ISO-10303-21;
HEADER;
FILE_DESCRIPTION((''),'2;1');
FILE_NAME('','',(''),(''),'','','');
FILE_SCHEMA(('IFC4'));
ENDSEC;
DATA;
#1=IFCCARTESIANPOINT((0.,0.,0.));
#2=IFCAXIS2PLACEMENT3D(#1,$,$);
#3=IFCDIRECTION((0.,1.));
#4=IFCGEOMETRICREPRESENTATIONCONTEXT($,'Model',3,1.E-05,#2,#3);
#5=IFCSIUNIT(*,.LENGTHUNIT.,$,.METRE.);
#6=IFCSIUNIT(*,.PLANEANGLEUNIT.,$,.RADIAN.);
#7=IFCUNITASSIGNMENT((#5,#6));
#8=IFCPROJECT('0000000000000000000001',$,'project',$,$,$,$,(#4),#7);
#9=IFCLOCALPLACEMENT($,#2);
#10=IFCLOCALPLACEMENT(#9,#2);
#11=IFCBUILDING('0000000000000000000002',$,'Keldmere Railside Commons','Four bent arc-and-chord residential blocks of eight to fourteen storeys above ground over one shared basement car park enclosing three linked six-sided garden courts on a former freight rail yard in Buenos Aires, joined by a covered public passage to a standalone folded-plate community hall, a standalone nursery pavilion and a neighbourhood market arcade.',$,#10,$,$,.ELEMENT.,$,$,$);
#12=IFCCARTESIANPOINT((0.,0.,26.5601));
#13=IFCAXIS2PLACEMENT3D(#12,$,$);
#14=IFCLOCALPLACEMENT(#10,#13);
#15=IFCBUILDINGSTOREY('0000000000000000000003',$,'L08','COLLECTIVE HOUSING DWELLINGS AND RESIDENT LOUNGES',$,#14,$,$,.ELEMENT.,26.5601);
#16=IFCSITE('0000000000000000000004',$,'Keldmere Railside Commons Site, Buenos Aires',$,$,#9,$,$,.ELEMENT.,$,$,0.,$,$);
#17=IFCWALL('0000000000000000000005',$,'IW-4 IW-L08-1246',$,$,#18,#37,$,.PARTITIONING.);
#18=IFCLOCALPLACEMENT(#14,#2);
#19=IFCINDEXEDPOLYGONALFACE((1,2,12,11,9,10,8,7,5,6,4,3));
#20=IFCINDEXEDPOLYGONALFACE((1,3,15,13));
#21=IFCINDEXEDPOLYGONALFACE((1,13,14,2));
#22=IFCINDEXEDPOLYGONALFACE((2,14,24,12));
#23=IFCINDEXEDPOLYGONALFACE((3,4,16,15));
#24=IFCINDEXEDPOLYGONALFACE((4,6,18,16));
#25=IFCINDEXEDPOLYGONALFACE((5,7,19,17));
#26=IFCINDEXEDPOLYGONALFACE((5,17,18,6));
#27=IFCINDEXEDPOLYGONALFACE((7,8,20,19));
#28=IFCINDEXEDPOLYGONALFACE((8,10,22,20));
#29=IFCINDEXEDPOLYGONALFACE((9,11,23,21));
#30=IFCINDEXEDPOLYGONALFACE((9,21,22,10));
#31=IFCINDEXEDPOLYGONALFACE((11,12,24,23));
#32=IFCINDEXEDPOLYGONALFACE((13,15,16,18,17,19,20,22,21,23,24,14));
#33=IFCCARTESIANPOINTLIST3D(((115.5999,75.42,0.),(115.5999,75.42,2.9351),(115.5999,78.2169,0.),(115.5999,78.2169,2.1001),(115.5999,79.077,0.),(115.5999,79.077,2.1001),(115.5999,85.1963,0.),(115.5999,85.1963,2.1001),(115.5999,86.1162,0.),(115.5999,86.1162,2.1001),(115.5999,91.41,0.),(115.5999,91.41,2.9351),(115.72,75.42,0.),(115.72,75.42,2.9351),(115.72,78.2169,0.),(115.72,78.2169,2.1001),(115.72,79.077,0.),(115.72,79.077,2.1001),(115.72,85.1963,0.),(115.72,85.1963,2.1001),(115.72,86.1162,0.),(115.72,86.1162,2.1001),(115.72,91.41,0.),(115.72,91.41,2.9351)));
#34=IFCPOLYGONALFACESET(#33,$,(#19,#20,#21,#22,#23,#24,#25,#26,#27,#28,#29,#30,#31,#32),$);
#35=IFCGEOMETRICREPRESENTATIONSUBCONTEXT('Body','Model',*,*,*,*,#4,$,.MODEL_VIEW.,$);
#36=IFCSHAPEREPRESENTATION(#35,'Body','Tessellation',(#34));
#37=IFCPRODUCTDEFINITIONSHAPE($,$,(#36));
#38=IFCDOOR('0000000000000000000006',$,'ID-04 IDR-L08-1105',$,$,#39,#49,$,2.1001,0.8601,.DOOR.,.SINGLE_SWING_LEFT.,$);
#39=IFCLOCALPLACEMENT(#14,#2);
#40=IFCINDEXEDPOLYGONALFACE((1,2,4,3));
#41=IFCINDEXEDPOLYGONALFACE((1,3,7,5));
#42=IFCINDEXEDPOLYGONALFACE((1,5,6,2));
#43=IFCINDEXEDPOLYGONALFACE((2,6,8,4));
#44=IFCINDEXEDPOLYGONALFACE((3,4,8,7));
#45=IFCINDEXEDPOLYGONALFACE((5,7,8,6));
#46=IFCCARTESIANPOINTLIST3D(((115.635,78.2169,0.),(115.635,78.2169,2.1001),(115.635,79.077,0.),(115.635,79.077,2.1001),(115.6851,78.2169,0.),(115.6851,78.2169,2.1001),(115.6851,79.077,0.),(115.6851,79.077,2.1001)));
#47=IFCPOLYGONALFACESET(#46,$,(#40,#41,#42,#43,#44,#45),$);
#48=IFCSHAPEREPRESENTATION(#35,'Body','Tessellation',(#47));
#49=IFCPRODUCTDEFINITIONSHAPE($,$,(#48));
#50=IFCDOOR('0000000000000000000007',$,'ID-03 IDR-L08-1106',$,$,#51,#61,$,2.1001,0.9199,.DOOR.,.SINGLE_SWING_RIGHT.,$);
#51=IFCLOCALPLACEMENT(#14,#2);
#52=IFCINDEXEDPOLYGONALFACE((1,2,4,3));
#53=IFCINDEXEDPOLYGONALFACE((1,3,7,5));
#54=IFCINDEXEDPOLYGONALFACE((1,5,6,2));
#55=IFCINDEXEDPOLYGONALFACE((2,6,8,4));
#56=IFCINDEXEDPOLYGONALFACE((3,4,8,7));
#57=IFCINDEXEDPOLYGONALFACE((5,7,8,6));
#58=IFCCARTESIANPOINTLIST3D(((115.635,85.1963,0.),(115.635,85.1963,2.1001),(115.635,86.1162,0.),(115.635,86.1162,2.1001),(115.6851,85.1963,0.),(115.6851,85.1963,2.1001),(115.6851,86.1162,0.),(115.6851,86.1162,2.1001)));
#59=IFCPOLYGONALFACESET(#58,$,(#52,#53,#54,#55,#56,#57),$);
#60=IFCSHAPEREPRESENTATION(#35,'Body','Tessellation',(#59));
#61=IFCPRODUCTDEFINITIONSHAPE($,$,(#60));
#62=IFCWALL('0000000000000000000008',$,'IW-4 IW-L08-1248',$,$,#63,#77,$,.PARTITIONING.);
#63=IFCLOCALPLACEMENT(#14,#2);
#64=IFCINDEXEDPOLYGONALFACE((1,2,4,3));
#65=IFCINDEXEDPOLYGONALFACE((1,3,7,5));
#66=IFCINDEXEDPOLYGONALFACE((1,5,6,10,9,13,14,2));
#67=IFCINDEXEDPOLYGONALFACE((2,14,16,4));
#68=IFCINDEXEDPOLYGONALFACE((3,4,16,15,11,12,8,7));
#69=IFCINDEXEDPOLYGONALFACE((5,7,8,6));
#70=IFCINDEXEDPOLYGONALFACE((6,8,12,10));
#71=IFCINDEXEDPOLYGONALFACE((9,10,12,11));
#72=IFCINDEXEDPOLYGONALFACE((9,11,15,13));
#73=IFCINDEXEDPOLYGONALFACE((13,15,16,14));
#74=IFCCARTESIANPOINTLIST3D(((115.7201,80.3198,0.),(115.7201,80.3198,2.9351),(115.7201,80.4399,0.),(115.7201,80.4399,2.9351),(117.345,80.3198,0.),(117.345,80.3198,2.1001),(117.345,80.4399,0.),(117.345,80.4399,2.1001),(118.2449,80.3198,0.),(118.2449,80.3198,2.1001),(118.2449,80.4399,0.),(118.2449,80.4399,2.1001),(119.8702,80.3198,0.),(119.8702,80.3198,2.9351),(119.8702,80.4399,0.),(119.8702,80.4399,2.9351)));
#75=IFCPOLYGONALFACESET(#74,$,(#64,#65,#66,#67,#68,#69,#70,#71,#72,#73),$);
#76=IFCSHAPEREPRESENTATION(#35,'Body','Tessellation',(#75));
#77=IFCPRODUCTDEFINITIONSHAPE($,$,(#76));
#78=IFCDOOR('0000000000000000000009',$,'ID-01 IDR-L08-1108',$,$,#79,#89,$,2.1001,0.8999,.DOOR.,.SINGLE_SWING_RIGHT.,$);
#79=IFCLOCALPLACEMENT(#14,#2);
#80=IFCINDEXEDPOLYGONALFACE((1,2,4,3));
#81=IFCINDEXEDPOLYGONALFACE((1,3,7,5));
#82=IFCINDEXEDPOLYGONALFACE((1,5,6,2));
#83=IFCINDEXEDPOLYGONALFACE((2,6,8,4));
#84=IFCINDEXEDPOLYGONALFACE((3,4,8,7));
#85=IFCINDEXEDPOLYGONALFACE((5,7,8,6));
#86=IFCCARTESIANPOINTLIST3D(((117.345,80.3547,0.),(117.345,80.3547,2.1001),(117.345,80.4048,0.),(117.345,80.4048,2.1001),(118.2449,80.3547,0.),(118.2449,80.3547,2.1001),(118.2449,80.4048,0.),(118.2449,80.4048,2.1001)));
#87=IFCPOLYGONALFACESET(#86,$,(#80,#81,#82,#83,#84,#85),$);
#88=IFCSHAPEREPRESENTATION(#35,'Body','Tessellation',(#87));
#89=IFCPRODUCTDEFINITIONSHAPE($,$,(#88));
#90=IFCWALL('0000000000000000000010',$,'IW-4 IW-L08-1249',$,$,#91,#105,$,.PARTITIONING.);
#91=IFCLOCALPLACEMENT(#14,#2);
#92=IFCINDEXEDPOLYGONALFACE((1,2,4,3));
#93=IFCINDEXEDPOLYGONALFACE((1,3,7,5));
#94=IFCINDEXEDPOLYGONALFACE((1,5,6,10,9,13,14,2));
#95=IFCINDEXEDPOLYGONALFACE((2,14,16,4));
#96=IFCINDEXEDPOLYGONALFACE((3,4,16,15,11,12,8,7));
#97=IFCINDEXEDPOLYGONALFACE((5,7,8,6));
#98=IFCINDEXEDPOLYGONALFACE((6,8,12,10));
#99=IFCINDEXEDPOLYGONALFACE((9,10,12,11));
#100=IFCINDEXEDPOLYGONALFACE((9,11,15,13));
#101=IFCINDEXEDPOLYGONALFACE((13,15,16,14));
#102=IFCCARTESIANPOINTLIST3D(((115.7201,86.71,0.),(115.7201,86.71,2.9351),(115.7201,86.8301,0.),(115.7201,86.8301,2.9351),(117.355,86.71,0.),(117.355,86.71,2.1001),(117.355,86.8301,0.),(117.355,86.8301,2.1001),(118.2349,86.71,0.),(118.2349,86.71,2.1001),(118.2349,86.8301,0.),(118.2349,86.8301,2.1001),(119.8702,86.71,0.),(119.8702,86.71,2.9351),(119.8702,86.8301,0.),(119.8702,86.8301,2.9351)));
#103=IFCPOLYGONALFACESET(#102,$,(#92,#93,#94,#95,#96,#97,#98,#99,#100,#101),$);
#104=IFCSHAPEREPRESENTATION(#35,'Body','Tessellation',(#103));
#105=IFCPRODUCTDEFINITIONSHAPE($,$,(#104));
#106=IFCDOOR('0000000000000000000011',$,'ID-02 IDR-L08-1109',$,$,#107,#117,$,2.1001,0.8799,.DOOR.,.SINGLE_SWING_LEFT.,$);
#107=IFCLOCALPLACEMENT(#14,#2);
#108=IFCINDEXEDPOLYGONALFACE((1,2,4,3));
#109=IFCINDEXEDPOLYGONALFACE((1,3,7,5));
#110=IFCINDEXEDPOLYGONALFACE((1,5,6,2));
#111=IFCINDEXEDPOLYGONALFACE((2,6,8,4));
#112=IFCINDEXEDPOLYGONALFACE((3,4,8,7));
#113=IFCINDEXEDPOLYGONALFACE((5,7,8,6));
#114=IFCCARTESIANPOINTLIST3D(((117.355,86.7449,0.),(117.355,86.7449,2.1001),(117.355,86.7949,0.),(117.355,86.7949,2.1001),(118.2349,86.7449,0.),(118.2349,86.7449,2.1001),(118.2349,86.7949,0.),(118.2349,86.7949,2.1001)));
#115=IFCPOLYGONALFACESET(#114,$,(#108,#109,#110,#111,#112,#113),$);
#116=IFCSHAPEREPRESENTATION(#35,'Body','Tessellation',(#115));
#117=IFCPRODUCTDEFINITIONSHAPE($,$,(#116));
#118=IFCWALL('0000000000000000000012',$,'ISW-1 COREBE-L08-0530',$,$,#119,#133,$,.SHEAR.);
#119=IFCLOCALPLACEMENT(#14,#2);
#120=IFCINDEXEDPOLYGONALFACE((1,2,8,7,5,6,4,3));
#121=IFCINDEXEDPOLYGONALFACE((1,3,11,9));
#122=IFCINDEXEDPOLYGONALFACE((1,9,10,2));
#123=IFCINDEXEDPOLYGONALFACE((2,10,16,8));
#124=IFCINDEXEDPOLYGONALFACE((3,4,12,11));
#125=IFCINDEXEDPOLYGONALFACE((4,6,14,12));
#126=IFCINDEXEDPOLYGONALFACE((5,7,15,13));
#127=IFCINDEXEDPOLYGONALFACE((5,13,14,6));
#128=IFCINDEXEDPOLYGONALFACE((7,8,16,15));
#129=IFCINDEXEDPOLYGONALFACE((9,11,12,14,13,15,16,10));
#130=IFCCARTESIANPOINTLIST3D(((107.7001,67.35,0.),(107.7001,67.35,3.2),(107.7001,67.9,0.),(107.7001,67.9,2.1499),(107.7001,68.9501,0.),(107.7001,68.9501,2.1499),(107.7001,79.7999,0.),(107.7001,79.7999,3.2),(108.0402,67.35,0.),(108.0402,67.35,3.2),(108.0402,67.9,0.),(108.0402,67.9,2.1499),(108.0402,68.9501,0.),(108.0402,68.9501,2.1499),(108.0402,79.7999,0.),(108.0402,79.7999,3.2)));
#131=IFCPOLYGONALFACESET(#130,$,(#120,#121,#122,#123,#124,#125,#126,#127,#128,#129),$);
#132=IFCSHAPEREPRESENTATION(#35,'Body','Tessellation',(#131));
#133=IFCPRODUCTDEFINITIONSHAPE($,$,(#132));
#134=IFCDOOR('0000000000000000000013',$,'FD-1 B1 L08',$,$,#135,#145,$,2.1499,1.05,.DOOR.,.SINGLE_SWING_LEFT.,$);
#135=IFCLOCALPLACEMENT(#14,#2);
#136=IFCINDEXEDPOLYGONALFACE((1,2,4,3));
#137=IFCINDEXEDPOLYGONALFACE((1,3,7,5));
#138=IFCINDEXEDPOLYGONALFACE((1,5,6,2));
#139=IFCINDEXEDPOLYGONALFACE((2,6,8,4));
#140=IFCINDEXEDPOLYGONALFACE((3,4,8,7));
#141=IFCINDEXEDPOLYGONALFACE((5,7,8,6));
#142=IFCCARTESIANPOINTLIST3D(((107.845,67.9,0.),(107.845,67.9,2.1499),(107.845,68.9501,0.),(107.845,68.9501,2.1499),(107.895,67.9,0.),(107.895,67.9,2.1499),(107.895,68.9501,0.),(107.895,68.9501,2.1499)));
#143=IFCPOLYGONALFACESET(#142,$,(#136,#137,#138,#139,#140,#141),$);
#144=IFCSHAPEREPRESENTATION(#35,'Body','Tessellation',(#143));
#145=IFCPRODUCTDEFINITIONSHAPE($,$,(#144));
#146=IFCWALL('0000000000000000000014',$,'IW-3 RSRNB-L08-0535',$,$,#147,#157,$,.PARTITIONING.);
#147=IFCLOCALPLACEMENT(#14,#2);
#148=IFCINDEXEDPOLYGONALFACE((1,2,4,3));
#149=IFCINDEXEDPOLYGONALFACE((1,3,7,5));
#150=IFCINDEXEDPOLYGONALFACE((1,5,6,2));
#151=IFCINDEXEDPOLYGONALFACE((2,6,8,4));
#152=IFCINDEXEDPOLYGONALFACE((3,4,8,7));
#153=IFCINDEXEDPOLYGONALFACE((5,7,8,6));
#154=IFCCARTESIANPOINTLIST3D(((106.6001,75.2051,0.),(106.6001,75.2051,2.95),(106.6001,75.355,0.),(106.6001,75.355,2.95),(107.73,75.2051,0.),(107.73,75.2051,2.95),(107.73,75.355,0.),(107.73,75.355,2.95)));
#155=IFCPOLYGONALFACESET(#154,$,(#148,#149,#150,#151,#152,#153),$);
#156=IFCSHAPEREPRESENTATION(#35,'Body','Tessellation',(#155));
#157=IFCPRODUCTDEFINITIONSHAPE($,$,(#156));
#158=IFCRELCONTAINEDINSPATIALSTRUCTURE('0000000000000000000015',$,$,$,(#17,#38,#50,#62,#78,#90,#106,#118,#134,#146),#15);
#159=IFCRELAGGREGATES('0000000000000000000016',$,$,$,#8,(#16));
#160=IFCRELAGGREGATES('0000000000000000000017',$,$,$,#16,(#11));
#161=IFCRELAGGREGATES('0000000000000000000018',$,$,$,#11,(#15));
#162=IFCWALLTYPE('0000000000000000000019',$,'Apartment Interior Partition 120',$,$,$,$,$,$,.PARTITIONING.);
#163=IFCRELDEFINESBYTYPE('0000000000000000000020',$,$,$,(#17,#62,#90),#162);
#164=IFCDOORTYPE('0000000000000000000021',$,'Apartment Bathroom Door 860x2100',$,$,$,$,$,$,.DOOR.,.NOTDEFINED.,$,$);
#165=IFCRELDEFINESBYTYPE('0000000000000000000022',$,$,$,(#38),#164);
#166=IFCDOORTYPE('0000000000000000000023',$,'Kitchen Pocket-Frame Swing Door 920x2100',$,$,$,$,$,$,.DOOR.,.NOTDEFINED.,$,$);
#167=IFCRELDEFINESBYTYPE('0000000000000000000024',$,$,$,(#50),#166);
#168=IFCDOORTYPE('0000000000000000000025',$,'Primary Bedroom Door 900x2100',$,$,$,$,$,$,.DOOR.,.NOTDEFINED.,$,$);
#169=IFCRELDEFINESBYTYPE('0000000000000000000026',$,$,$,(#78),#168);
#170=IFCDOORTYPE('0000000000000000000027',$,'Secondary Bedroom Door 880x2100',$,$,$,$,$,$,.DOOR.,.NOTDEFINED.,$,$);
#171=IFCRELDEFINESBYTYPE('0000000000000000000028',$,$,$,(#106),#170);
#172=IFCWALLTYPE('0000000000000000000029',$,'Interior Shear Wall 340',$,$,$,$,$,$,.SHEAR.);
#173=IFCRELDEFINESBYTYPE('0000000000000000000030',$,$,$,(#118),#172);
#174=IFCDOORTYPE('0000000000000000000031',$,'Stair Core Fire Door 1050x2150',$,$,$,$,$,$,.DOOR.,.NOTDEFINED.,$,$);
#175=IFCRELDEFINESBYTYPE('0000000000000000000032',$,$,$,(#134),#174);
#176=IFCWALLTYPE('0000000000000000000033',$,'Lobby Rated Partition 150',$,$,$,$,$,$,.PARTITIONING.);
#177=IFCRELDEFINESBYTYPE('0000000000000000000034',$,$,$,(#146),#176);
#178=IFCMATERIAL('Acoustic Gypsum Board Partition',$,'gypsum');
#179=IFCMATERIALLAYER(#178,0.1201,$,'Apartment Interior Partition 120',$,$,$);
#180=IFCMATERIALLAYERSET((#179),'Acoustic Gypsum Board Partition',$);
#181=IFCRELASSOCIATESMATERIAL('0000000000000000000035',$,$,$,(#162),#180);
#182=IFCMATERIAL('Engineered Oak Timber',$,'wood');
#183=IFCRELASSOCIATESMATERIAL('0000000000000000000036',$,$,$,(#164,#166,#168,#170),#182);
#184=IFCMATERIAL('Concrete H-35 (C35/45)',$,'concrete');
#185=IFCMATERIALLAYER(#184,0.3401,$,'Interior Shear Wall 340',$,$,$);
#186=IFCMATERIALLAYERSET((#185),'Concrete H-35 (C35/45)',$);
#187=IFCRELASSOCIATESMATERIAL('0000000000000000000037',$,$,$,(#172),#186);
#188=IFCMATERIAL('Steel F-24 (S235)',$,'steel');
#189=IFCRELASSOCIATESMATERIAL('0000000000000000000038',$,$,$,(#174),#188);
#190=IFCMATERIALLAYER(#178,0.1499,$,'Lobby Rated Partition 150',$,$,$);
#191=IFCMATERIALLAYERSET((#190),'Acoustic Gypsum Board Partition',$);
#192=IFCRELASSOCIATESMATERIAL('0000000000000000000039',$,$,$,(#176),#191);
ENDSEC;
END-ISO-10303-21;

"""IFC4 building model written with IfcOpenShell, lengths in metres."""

from ifc_helpers import new_model, si_unit, direction, frame, frame_2d, origin, place, context, subcontext, project, spatial, rectangle, extrude, material, layer, layer_set, type_object, element, fill, save


model = new_model("IFC4")

# Units and contexts
model_context = context("Model", 3, precision=1e-05, world=origin(), true_north=direction((0.0, 1.0)))
body_context = subcontext(model_context, "Body", "Model", "MODEL_VIEW")
ifc_project = project(units=[si_unit("LENGTHUNIT", "METRE"), si_unit("PLANEANGLEUNIT", "RADIAN")], contexts=[model_context])

# Site, building, storey
site_placement = place(None, origin())
site = spatial("IfcSite", under=ifc_project, at=site_placement, Name="Keldmere Railside Commons Site, Buenos Aires", CompositionType="ELEMENT", RefElevation=0.0)
building_placement = place(site_placement, origin())
building = spatial("IfcBuilding", under=site, at=building_placement, Name="Keldmere Railside Commons", Description="Four bent arc-and-chord residential blocks of eight to fourteen storeys above ground over one shared basement car park enclosing three linked six-sided garden courts on a former freight rail yard in Buenos Aires, joined by a covered public passage to a standalone folded-plate community hall, a standalone nursery pavilion and a neighbourhood market arcade.", CompositionType="ELEMENT")
storey_placement = place(building_placement, frame((0.0, 0.0, 26.5601)))
storey = spatial("IfcBuildingStorey", under=building, at=storey_placement, Name="L08", Description="COLLECTIVE HOUSING DWELLINGS AND RESIDENT LOUNGES", CompositionType="ELEMENT", Elevation=26.5601)

# Shared definitions
ifc_material_1 = material(Name="Concrete H-35 (C35/45)", Category="concrete")

# Shared definitions
ifc_material_2 = material(Name="Acoustic Gypsum Board Partition", Category="gypsum")

# Wall, openings, doors
ifc_layer_1 = layer(ifc_material_2, 0.1201, Name="Apartment Interior Partition 120")
ifc_layer_set_1 = layer_set([ifc_layer_1], Name="Acoustic Gypsum Board Partition")
wall_type_1 = type_object("IfcWallType", Name="Apartment Interior Partition 120", PredefinedType="PARTITIONING", material=ifc_layer_set_1)
wall_1_placement = place(storey_placement, frame((115.6599, 75.4199, 0.0), z_axis=(0.0, 0.0, 1.0), x_axis=(0.0, 1.0, 0.0)))
wall_1 = element("IfcWall", 1, at=wall_1_placement, inside=storey, type_object=wall_type_1, Name="IW-4 IW-L08-1246", PredefinedType="PARTITIONING", context=body_context, shape_type="SweptSolid", body=[
    extrude(rectangle(XDim=15.99, YDim=0.1201, at=frame_2d((7.9951, 0.0))), origin(), (0.0, 0.0, 1.0), 2.9351),
])
opening_1_placement = place(wall_1_placement, frame((2.7969, 0.0, 0.0)))
opening_1 = element("IfcOpeningElement", 2, at=opening_1_placement, cuts=wall_1, PredefinedType="OPENING", context=body_context, shape_type="SweptSolid", body=[
    extrude(rectangle(XDim=0.8601, YDim=2.1001, at=frame_2d((0.4302, 1.05))), frame((0.0, 0.0701, 0.0), z_axis=(0.0, -1.0, 0.0), x_axis=(1.0, 0.0, 0.0)), (0.0, 0.0, 1.0), 0.1401),
])
opening_2_placement = place(wall_1_placement, frame((9.7764, 0.0, 0.0)))
opening_2 = element("IfcOpeningElement", 3, at=opening_2_placement, cuts=wall_1, PredefinedType="OPENING", context=body_context, shape_type="SweptSolid", body=[
    extrude(rectangle(XDim=0.9199, YDim=2.1001, at=frame_2d((0.46, 1.05))), frame((0.0, 0.0701, 0.0), z_axis=(0.0, -1.0, 0.0), x_axis=(1.0, 0.0, 0.0)), (0.0, 0.0, 1.0), 0.1401),
])
ifc_material_3 = material(Name="Engineered Oak Timber", Category="wood")
door_type_1 = type_object("IfcDoorType", Name="Apartment Bathroom Door 860x2100", OperationType="NOTDEFINED", PredefinedType="DOOR", material=ifc_material_3)
door_1_placement = place(opening_1_placement, origin())
door_1 = element("IfcDoor", 4, at=door_1_placement, inside=storey, type_object=door_type_1, Name="ID-04 IDR-L08-1105", OperationType="SINGLE_SWING_LEFT", OverallHeight=2.1001, OverallWidth=0.8601, PredefinedType="DOOR", context=body_context, shape_type="SweptSolid", body=[
    extrude(rectangle(XDim=0.8601, YDim=2.1001, at=frame_2d((0.4302, 1.05))), frame((0.0, 0.0249, 0.0), z_axis=(0.0, -1.0, 0.0), x_axis=(1.0, 0.0, 0.0)), (0.0, 0.0, 1.0), 0.05),
])
fill(opening_1, door_1)
door_type_2 = type_object("IfcDoorType", Name="Kitchen Pocket-Frame Swing Door 920x2100", OperationType="NOTDEFINED", PredefinedType="DOOR", material=ifc_material_3)
door_2_placement = place(opening_2_placement, origin())
door_2 = element("IfcDoor", 5, at=door_2_placement, inside=storey, type_object=door_type_2, Name="ID-03 IDR-L08-1106", OperationType="SINGLE_SWING_RIGHT", OverallHeight=2.1001, OverallWidth=0.9199, PredefinedType="DOOR", context=body_context, shape_type="SweptSolid", body=[
    extrude(rectangle(XDim=0.9199, YDim=2.1001, at=frame_2d((0.46, 1.05))), frame((0.0, 0.0249, 0.0), z_axis=(0.0, -1.0, 0.0), x_axis=(1.0, 0.0, 0.0)), (0.0, 0.0, 1.0), 0.05),
])
fill(opening_2, door_2)

# Walls, openings, doors
wall_2_placement = place(storey_placement, frame((115.72, 80.3799, 0.0), z_axis=(0.0, 0.0, 1.0), x_axis=(1.0, 0.0, 0.0)))
wall_2 = element("IfcWall", 6, at=wall_2_placement, inside=storey, type_object=wall_type_1, Name="IW-4 IW-L08-1248", PredefinedType="PARTITIONING", context=body_context, shape_type="SweptSolid", body=[
    extrude(rectangle(XDim=4.1501, YDim=0.1201, at=frame_2d((2.0752, 0.0))), origin(), (0.0, 0.0, 1.0), 2.9351),
])
opening_3_placement = place(wall_2_placement, frame((1.625, 0.0, 0.0)))
opening_3 = element("IfcOpeningElement", 7, at=opening_3_placement, cuts=wall_2, PredefinedType="OPENING", context=body_context, shape_type="SweptSolid", body=[
    extrude(rectangle(XDim=0.8999, YDim=2.1001, at=frame_2d((0.45, 1.05))), frame((0.0, 0.0701, 0.0), z_axis=(0.0, -1.0, 0.0), x_axis=(1.0, 0.0, 0.0)), (0.0, 0.0, 1.0), 0.1401),
])
door_type_3 = type_object("IfcDoorType", Name="Primary Bedroom Door 900x2100", OperationType="NOTDEFINED", PredefinedType="DOOR", material=ifc_material_3)
door_3_placement = place(opening_3_placement, origin())
door_3 = element("IfcDoor", 8, at=door_3_placement, inside=storey, type_object=door_type_3, Name="ID-01 IDR-L08-1108", OperationType="SINGLE_SWING_RIGHT", OverallHeight=2.1001, OverallWidth=0.8999, PredefinedType="DOOR", context=body_context, shape_type="SweptSolid", body=[
    extrude(rectangle(XDim=0.8999, YDim=2.1001, at=frame_2d((0.45, 1.05))), frame((0.0, 0.0249, 0.0), z_axis=(0.0, -1.0, 0.0), x_axis=(1.0, 0.0, 0.0)), (0.0, 0.0, 1.0), 0.05),
])
fill(opening_3, door_3)
wall_3_placement = place(storey_placement, frame((115.72, 86.77, 0.0), z_axis=(0.0, 0.0, 1.0), x_axis=(1.0, 0.0, 0.0)))
wall_3 = element("IfcWall", 9, at=wall_3_placement, inside=storey, type_object=wall_type_1, Name="IW-4 IW-L08-1249", PredefinedType="PARTITIONING", context=body_context, shape_type="SweptSolid", body=[
    extrude(rectangle(XDim=4.1501, YDim=0.1201, at=frame_2d((2.0752, 0.0))), origin(), (0.0, 0.0, 1.0), 2.9351),
])
opening_4_placement = place(wall_3_placement, frame((1.635, 0.0, 0.0)))
opening_4 = element("IfcOpeningElement", 10, at=opening_4_placement, cuts=wall_3, PredefinedType="OPENING", context=body_context, shape_type="SweptSolid", body=[
    extrude(rectangle(XDim=0.8799, YDim=2.1001, at=frame_2d((0.4399, 1.05))), frame((0.0, 0.0701, 0.0), z_axis=(0.0, -1.0, 0.0), x_axis=(1.0, 0.0, 0.0)), (0.0, 0.0, 1.0), 0.1401),
])
door_type_4 = type_object("IfcDoorType", Name="Secondary Bedroom Door 880x2100", OperationType="NOTDEFINED", PredefinedType="DOOR", material=ifc_material_3)
door_4_placement = place(opening_4_placement, origin())
door_4 = element("IfcDoor", 11, at=door_4_placement, inside=storey, type_object=door_type_4, Name="ID-02 IDR-L08-1109", OperationType="SINGLE_SWING_LEFT", OverallHeight=2.1001, OverallWidth=0.8799, PredefinedType="DOOR", context=body_context, shape_type="SweptSolid", body=[
    extrude(rectangle(XDim=0.8799, YDim=2.1001, at=frame_2d((0.4399, 1.05))), frame((0.0, 0.0249, 0.0), z_axis=(0.0, -1.0, 0.0), x_axis=(1.0, 0.0, 0.0)), (0.0, 0.0, 1.0), 0.05),
])
fill(opening_4, door_4)
ifc_layer_2 = layer(ifc_material_1, 0.3401, Name="Interior Shear Wall 340")
ifc_layer_set_2 = layer_set([ifc_layer_2], Name="Concrete H-35 (C35/45)")
wall_type_2 = type_object("IfcWallType", Name="Interior Shear Wall 340", PredefinedType="SHEAR", material=ifc_layer_set_2)
wall_4_placement = place(storey_placement, frame((107.8701, 79.8, 0.0), z_axis=(0.0, 0.0, 1.0), x_axis=(0.0, -1.0, 0.0)))
wall_4 = element("IfcWall", 12, at=wall_4_placement, inside=storey, type_object=wall_type_2, Name="ISW-1 COREBE-L08-0530", PredefinedType="SHEAR", context=body_context, shape_type="SweptSolid", body=[
    extrude(rectangle(XDim=12.45, YDim=0.3401, at=frame_2d((6.2251, 0.0))), origin(), (0.0, 0.0, 1.0), 3.2),
])
opening_5_placement = place(wall_4_placement, frame((10.8501, 0.0, 0.0)))
opening_5 = element("IfcOpeningElement", 13, at=opening_5_placement, cuts=wall_4, PredefinedType="OPENING", context=body_context, shape_type="SweptSolid", body=[
    extrude(rectangle(XDim=1.05, YDim=2.1499, at=frame_2d((0.5249, 1.075))), frame((0.0, 0.1799, 0.0), z_axis=(0.0, -1.0, 0.0), x_axis=(1.0, 0.0, 0.0)), (0.0, 0.0, 1.0), 0.3601),
])
ifc_material_4 = material(Name="Steel F-24 (S235)", Category="steel")
door_type_5 = type_object("IfcDoorType", Name="Stair Core Fire Door 1050x2150", OperationType="NOTDEFINED", PredefinedType="DOOR", material=ifc_material_4)
door_5_placement = place(opening_5_placement, origin())
door_5 = element("IfcDoor", 14, at=door_5_placement, inside=storey, type_object=door_type_5, Name="FD-1 B1 L08", OperationType="SINGLE_SWING_LEFT", OverallHeight=2.1499, OverallWidth=1.05, PredefinedType="DOOR", context=body_context, shape_type="SweptSolid", body=[
    extrude(rectangle(XDim=1.05, YDim=2.1499, at=frame_2d((0.5249, 1.075))), frame((0.0, 0.0249, 0.0), z_axis=(0.0, -1.0, 0.0), x_axis=(1.0, 0.0, 0.0)), (0.0, 0.0, 1.0), 0.05),
])
fill(opening_5, door_5)

# Wall
ifc_layer_3 = layer(ifc_material_2, 0.1499, Name="Lobby Rated Partition 150")
ifc_layer_set_3 = layer_set([ifc_layer_3], Name="Acoustic Gypsum Board Partition")
wall_type_3 = type_object("IfcWallType", Name="Lobby Rated Partition 150", PredefinedType="PARTITIONING", material=ifc_layer_set_3)
wall_5_placement = place(storey_placement, frame((106.6001, 75.28, 0.0), z_axis=(0.0, 0.0, 1.0), x_axis=(1.0, 0.0, 0.0)))
element("IfcWall", 15, at=wall_5_placement, inside=storey, type_object=wall_type_3, Name="IW-3 RSRNB-L08-0535", PredefinedType="PARTITIONING", context=body_context, shape_type="SweptSolid", body=[
    extrude(rectangle(XDim=1.1299, YDim=0.1499, at=frame_2d((0.5649, 0.0))), origin(), (0.0, 0.0, 1.0), 2.95),
])

save(model, "model.ifc")
